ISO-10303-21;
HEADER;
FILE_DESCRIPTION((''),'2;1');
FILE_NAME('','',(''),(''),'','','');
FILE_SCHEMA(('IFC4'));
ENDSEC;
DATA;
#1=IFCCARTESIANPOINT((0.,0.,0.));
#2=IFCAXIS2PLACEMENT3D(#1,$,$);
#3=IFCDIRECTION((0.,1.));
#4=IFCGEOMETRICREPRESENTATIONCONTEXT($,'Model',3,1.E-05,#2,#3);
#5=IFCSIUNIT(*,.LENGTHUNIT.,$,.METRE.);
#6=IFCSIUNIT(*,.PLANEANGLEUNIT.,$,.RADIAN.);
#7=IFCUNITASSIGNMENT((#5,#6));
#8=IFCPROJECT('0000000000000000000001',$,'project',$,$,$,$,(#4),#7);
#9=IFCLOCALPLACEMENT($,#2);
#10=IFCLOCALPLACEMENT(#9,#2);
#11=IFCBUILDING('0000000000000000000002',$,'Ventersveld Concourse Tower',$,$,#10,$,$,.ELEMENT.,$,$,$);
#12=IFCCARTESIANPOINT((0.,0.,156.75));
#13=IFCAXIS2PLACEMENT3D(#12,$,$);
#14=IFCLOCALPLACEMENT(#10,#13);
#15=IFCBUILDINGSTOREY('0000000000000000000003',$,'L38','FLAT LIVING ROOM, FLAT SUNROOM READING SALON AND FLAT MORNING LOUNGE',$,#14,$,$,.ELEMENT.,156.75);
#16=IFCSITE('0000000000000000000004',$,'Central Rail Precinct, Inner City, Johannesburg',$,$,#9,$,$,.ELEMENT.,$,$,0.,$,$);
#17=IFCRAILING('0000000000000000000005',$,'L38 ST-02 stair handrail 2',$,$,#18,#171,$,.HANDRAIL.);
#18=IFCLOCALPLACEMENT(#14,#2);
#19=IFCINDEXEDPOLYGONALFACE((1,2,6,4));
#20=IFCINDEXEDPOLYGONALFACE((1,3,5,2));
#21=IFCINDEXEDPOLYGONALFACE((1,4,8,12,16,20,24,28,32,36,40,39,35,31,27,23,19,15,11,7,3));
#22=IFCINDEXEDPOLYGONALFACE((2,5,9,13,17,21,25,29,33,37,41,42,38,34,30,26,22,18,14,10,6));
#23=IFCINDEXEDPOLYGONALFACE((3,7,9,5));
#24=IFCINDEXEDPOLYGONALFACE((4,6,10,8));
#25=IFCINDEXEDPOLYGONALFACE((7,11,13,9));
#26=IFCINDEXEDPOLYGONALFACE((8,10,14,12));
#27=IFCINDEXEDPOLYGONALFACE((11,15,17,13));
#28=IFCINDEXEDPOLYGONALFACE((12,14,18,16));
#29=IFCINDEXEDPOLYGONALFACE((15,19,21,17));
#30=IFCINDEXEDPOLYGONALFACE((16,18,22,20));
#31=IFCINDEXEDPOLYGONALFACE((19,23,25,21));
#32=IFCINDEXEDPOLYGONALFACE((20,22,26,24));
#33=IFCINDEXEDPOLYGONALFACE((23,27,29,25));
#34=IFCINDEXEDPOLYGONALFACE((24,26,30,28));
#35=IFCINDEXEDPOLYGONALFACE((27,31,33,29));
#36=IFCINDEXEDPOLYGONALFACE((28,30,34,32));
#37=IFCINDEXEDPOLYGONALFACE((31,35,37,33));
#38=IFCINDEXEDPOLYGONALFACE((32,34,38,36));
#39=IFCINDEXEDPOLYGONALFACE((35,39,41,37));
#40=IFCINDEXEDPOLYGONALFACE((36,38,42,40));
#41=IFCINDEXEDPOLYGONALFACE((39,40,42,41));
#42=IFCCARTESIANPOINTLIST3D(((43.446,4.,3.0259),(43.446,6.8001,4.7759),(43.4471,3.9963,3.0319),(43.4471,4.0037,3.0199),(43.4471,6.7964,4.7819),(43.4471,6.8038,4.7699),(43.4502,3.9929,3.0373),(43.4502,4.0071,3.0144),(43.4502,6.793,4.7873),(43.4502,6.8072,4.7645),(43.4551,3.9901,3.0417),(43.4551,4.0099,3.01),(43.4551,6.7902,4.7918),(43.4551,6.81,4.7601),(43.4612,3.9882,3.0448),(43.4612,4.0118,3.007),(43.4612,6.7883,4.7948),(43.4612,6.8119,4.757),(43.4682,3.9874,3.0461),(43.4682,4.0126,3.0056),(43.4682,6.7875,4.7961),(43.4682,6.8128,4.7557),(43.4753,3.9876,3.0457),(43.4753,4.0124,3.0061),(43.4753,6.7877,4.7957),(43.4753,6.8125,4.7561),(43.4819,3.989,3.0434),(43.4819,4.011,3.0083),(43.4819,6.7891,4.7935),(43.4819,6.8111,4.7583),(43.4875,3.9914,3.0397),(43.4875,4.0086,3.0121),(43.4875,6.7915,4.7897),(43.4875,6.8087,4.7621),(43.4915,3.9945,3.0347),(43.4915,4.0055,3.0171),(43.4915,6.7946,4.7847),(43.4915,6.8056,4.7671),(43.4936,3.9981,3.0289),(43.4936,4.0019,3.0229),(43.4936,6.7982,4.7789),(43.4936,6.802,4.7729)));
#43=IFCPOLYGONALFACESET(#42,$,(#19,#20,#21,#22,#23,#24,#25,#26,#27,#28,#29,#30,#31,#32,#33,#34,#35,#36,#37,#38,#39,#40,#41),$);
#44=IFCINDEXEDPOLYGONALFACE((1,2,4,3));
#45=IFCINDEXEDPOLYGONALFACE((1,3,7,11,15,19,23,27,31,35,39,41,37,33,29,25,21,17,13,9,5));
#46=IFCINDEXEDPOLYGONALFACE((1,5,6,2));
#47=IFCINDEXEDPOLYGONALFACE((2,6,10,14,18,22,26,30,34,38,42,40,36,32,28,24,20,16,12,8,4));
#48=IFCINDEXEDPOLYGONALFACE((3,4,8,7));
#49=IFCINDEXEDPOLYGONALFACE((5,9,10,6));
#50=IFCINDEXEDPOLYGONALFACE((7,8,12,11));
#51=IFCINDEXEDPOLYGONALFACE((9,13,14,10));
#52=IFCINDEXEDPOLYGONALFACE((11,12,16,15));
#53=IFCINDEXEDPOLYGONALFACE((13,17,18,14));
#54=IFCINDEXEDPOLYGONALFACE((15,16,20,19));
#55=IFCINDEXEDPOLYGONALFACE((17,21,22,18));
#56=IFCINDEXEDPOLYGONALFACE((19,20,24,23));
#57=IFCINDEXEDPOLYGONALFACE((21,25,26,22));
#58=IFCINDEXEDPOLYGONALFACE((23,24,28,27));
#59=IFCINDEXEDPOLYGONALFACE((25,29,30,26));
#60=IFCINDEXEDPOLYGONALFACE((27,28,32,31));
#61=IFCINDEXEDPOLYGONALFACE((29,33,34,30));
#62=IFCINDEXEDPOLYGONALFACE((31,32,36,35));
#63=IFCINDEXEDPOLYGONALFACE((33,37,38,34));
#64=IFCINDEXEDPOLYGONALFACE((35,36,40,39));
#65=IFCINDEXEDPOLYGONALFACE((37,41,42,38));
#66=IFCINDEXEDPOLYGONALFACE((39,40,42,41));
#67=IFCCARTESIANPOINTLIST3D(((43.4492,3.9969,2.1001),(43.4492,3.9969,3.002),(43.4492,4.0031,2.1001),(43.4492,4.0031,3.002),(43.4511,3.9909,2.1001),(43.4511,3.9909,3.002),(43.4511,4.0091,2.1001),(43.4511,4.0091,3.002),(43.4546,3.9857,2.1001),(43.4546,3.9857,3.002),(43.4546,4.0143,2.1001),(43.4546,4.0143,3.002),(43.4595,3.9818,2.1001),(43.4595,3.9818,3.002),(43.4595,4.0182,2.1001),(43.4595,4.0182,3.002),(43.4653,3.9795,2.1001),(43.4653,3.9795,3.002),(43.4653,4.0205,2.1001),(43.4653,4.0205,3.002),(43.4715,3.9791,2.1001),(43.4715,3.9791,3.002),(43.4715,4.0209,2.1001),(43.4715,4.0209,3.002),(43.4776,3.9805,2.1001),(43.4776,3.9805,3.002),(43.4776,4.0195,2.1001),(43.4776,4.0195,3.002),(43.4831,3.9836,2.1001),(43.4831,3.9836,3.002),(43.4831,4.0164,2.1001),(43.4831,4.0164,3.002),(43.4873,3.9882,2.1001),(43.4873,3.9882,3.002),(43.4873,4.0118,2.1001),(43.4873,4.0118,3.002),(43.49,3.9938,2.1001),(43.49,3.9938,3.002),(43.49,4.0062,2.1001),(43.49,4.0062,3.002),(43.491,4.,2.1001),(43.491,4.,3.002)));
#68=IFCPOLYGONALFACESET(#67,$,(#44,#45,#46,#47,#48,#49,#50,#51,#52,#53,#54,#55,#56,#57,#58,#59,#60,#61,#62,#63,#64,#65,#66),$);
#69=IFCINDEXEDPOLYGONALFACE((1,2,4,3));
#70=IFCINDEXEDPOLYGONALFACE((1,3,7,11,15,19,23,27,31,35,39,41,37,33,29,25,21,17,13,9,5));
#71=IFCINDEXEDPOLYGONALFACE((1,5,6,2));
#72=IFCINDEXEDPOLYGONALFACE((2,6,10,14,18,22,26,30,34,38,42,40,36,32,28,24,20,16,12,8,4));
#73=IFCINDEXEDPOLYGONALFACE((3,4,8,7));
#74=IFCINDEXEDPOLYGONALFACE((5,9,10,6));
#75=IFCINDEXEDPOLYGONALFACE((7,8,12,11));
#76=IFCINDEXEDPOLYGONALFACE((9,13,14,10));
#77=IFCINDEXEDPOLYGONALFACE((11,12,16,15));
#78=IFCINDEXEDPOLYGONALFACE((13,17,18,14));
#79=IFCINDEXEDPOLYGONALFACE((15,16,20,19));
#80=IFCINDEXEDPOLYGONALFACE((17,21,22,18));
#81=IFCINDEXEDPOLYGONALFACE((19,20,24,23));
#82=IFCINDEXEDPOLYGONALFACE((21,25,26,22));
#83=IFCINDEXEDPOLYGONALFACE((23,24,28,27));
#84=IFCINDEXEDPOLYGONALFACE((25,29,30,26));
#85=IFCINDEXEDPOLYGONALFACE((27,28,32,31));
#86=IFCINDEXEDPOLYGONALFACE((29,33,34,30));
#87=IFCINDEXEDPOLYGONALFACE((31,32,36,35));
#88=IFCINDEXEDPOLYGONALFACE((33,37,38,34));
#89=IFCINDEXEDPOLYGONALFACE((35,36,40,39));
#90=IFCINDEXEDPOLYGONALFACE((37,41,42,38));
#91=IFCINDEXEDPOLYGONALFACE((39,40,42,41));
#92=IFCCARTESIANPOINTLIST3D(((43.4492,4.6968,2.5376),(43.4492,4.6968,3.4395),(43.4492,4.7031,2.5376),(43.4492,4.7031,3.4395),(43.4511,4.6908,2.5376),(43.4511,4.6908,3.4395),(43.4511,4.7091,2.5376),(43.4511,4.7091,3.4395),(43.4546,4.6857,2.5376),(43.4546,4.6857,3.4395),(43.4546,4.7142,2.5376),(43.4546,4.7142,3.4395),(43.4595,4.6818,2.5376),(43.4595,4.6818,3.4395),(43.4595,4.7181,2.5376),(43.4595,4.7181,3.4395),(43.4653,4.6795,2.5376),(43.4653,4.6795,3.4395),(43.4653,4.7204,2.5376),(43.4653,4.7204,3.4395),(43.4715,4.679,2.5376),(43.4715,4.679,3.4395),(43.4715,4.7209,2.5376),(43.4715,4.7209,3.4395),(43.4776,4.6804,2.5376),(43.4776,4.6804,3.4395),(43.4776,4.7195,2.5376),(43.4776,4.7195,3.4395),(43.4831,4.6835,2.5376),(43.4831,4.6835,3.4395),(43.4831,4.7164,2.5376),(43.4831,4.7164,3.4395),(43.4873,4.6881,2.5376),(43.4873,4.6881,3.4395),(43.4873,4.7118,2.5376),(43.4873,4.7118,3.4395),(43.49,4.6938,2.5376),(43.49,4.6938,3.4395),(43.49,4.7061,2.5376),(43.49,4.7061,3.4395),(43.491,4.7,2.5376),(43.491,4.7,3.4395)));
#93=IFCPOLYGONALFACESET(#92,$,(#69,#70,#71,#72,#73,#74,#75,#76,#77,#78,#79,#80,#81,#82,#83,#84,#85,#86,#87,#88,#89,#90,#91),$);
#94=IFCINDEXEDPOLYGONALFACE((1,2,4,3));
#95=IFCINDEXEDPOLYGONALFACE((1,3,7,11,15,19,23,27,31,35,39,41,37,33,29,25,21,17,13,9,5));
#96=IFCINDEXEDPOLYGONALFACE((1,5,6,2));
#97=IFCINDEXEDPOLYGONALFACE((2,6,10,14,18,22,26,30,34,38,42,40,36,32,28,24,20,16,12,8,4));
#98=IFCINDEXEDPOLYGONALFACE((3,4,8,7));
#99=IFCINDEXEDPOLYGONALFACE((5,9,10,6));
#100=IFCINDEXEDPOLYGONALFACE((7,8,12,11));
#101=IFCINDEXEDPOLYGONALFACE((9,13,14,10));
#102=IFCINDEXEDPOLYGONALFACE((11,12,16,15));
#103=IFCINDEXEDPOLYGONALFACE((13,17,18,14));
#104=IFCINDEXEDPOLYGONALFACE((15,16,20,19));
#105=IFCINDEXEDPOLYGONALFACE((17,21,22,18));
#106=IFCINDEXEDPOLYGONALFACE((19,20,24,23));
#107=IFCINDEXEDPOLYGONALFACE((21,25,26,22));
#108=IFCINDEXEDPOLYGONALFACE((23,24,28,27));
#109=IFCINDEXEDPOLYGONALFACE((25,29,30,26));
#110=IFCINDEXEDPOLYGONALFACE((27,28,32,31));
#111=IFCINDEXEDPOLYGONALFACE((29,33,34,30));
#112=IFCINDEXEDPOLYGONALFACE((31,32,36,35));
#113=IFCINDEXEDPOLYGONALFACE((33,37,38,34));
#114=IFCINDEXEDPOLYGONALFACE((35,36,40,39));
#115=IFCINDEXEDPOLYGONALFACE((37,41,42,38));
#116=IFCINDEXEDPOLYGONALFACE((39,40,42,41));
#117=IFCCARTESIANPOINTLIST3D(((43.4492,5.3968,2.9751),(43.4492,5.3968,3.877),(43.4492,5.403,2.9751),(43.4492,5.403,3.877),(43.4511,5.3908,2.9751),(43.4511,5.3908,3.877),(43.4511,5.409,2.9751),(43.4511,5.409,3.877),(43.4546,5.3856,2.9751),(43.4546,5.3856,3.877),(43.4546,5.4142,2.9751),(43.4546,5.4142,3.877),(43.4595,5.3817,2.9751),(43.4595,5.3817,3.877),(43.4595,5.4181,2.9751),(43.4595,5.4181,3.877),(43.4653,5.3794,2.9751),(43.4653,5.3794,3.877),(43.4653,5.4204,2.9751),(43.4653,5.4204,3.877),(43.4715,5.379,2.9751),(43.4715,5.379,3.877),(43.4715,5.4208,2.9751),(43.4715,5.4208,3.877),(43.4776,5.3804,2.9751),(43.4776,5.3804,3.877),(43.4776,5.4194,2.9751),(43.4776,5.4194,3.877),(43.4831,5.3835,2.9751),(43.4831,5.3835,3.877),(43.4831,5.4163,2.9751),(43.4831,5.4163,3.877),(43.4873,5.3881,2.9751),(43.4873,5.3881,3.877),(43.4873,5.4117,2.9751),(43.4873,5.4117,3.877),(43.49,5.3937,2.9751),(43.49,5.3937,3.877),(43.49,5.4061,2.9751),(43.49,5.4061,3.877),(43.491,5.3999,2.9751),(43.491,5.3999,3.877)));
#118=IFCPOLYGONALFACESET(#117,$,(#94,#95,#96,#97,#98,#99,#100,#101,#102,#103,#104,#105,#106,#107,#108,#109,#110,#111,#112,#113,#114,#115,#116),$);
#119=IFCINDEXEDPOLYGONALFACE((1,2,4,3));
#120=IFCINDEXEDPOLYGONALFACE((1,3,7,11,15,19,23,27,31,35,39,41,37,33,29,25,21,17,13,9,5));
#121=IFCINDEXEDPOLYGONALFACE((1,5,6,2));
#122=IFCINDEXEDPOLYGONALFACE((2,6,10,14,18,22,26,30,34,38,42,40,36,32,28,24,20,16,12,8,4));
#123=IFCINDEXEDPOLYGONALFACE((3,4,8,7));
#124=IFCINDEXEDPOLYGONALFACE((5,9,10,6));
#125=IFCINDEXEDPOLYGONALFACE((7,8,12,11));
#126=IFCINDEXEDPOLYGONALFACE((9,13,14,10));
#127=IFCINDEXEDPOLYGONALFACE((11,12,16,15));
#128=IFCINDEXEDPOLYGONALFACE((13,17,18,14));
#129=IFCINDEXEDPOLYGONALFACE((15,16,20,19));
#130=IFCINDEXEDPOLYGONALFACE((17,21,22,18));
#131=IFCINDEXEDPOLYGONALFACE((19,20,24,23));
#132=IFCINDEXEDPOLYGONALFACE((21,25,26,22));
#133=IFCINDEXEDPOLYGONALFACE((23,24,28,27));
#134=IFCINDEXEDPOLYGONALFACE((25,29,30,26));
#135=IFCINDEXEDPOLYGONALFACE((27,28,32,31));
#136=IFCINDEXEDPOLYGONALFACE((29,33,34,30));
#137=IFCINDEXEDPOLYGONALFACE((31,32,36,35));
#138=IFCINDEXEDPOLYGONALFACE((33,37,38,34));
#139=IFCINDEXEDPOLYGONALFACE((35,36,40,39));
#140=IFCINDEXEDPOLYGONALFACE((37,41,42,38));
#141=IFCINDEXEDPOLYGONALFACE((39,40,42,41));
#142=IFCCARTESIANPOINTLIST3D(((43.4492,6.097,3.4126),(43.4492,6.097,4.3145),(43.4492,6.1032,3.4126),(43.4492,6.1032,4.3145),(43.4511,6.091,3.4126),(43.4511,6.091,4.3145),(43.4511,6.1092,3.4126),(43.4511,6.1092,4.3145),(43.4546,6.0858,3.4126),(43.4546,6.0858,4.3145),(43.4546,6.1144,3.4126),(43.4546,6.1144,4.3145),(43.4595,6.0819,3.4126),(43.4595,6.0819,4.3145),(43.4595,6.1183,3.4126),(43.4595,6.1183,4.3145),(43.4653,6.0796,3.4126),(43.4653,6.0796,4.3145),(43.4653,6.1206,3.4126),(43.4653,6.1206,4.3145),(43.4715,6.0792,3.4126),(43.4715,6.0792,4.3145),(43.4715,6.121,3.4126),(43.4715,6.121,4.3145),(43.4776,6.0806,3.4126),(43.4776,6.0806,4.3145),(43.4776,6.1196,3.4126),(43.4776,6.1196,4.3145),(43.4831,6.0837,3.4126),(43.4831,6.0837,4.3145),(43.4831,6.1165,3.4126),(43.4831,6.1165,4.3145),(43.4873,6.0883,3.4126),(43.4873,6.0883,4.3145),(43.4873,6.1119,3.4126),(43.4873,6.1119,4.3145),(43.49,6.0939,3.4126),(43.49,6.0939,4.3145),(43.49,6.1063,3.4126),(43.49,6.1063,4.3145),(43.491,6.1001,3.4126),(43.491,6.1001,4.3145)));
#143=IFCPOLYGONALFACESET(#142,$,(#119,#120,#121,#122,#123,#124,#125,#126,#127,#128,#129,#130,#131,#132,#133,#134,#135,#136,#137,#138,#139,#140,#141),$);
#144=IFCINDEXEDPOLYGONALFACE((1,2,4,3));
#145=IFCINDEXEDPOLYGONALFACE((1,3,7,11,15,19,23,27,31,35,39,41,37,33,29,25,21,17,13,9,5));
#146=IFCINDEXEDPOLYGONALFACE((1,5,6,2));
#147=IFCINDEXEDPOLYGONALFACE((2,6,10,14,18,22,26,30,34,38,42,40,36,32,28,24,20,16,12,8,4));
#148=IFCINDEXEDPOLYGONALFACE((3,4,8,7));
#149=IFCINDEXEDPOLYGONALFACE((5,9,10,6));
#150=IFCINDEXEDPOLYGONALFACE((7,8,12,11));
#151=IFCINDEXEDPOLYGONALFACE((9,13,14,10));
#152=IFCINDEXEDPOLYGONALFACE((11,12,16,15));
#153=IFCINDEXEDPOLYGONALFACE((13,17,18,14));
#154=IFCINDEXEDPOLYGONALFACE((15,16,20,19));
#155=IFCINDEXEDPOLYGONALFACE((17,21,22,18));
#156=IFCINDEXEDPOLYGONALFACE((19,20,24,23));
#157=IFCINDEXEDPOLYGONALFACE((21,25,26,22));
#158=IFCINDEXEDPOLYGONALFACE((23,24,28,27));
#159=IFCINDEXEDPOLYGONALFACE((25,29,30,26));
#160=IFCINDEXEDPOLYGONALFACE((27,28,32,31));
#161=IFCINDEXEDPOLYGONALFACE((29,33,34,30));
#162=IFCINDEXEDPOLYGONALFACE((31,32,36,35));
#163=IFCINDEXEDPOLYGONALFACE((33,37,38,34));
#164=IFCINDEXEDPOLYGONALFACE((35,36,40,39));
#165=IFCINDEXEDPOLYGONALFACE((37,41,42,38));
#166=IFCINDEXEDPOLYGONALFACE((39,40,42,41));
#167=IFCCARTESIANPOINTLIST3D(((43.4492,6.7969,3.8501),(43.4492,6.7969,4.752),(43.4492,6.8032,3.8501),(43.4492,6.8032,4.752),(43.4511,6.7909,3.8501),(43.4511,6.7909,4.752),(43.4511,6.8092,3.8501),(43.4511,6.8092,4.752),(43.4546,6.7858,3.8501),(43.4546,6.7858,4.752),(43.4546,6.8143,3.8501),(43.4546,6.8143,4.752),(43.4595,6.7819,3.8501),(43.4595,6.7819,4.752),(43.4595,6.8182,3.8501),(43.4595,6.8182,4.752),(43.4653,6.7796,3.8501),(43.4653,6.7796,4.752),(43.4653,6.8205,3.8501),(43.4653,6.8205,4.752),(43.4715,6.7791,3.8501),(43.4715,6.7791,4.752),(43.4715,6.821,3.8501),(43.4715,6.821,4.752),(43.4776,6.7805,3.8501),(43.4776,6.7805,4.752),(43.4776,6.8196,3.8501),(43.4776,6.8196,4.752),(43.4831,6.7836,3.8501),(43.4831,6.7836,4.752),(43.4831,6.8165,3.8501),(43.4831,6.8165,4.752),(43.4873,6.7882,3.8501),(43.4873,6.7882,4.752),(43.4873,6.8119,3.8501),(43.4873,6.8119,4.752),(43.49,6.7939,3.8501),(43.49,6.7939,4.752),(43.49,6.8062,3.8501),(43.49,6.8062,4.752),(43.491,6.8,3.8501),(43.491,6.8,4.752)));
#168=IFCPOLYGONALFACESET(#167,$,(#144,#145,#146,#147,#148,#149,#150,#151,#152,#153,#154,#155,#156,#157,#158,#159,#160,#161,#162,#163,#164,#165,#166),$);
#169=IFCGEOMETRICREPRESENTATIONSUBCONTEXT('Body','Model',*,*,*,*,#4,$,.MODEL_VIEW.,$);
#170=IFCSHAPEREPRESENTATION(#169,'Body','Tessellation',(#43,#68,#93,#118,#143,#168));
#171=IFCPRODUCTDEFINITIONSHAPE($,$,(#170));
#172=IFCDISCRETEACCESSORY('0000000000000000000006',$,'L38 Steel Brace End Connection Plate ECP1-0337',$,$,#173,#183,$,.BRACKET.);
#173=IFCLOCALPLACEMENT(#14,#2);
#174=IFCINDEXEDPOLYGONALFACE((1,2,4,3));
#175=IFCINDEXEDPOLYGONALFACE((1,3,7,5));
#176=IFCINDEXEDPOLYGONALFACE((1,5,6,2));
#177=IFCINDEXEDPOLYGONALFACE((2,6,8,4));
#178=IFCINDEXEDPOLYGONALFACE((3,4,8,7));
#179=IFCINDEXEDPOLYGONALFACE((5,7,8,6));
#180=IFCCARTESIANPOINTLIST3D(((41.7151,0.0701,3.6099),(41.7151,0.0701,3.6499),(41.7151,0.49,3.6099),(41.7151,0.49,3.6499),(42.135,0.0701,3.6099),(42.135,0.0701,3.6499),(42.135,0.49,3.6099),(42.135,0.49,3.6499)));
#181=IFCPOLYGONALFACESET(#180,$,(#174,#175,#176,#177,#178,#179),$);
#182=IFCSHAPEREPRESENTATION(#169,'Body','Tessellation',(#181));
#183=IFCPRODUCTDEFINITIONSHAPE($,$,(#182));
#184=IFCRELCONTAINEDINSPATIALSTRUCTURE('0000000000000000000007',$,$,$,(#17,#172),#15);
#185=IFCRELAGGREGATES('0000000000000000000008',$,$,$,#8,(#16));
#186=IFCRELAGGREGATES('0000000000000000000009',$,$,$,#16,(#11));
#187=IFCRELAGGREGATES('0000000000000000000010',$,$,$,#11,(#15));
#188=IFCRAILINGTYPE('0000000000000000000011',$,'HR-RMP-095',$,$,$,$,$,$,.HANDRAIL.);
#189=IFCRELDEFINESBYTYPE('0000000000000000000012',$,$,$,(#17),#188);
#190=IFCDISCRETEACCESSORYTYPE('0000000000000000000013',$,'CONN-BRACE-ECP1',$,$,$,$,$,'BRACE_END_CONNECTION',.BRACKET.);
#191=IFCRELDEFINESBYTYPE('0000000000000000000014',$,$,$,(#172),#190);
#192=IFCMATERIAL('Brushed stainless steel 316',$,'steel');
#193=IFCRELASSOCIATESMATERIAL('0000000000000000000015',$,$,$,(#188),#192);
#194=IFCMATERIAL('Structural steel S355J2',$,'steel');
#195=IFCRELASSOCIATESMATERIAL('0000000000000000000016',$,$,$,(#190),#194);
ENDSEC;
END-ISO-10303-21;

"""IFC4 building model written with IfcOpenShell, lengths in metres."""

from ifc_helpers import new_model, si_unit, direction, frame, origin, origin_2d, place, context, subcontext, project, spatial, rectangle, circle, extrude, material, type_object, element, save


model = new_model("IFC4")

# Units and contexts
model_context = context("Model", 3, precision=1e-05, world=origin(), true_north=direction((0.0, 1.0)))
body_context = subcontext(model_context, "Body", "Model", "MODEL_VIEW")
ifc_project = project(units=[si_unit("LENGTHUNIT", "METRE"), si_unit("PLANEANGLEUNIT", "RADIAN")], contexts=[model_context])

# Site, building, storey
site_placement = place(None, origin())
site = spatial("IfcSite", under=ifc_project, at=site_placement, Name="Central Rail Precinct, Inner City, Johannesburg", CompositionType="ELEMENT", RefElevation=0.0)
building_placement = place(site_placement, origin())
building = spatial("IfcBuilding", under=site, at=building_placement, Name="Ventersveld Concourse Tower", CompositionType="ELEMENT")
storey_placement = place(building_placement, frame((0.0, 0.0, 156.75)))
storey = spatial("IfcBuildingStorey", under=building, at=storey_placement, Name="L38", Description="FLAT LIVING ROOM, FLAT SUNROOM READING SALON AND FLAT MORNING LOUNGE", CompositionType="ELEMENT", Elevation=156.75)

# Shared definitions
ifc_material_1 = material(Name="Structural steel S355J2", Category="steel")

# Shared definitions
ifc_material_2 = material(Name="Brushed stainless steel 316", Category="steel")

# Railing
railing_type_1 = type_object("IfcRailingType", Name="HR-RMP-095", PredefinedType="HANDRAIL", material=ifc_material_2)
railing_1_placement = place(storey_placement, frame((43.47, 4.0, 2.1001)))
element("IfcRailing", 1, at=railing_1_placement, inside=storey, type_object=railing_type_1, Name="L38 ST-02 stair handrail 2", PredefinedType="HANDRAIL", context=body_context, shape_type="SweptSolid", body=[
    extrude(circle(Radius=0.0239, at=origin_2d()), frame((0.0, 0.0, 0.9258), z_axis=(0.0, 0.848002, 0.529992), x_axis=(-1.0, 0.0, 0.0)), (0.0, 0.0, 1.0), 3.302),
    extrude(circle(Radius=0.021, at=origin_2d()), origin(), (0.0, 0.0, 1.0), 0.9019),
    extrude(circle(Radius=0.021, at=origin_2d()), frame((0.0, 0.7, 0.4375)), (0.0, 0.0, 1.0), 0.9019),
    extrude(circle(Radius=0.021, at=origin_2d()), frame((0.0, 1.3999, 0.875)), (0.0, 0.0, 1.0), 0.9019),
    extrude(circle(Radius=0.021, at=origin_2d()), frame((0.0, 2.1001, 1.3125)), (0.0, 0.0, 1.0), 0.9019),
    extrude(circle(Radius=0.021, at=origin_2d()), frame((0.0, 2.8, 1.75)), (0.0, 0.0, 1.0), 0.9019),
])

# Discrete accessory
discrete_accessory_type = type_object("IfcDiscreteAccessoryType", Name="CONN-BRACE-ECP1", ElementType="BRACE_END_CONNECTION", PredefinedType="BRACKET", material=ifc_material_1)
discrete_accessory_placement = place(storey_placement, frame((41.925, 0.28, 3.6099), z_axis=(0.0, 0.0, 1.0), x_axis=(1.0, 0.0, 0.0)))
element("IfcDiscreteAccessory", 2, at=discrete_accessory_placement, inside=storey, type_object=discrete_accessory_type, Name="L38 Steel Brace End Connection Plate ECP1-0337", PredefinedType="BRACKET", context=body_context, shape_type="SweptSolid", body=[
    extrude(rectangle(XDim=0.4199, YDim=0.4199, at=origin_2d()), origin(), (0.0, 0.0, 1.0), 0.04),
])

save(model, "model.ifc")
